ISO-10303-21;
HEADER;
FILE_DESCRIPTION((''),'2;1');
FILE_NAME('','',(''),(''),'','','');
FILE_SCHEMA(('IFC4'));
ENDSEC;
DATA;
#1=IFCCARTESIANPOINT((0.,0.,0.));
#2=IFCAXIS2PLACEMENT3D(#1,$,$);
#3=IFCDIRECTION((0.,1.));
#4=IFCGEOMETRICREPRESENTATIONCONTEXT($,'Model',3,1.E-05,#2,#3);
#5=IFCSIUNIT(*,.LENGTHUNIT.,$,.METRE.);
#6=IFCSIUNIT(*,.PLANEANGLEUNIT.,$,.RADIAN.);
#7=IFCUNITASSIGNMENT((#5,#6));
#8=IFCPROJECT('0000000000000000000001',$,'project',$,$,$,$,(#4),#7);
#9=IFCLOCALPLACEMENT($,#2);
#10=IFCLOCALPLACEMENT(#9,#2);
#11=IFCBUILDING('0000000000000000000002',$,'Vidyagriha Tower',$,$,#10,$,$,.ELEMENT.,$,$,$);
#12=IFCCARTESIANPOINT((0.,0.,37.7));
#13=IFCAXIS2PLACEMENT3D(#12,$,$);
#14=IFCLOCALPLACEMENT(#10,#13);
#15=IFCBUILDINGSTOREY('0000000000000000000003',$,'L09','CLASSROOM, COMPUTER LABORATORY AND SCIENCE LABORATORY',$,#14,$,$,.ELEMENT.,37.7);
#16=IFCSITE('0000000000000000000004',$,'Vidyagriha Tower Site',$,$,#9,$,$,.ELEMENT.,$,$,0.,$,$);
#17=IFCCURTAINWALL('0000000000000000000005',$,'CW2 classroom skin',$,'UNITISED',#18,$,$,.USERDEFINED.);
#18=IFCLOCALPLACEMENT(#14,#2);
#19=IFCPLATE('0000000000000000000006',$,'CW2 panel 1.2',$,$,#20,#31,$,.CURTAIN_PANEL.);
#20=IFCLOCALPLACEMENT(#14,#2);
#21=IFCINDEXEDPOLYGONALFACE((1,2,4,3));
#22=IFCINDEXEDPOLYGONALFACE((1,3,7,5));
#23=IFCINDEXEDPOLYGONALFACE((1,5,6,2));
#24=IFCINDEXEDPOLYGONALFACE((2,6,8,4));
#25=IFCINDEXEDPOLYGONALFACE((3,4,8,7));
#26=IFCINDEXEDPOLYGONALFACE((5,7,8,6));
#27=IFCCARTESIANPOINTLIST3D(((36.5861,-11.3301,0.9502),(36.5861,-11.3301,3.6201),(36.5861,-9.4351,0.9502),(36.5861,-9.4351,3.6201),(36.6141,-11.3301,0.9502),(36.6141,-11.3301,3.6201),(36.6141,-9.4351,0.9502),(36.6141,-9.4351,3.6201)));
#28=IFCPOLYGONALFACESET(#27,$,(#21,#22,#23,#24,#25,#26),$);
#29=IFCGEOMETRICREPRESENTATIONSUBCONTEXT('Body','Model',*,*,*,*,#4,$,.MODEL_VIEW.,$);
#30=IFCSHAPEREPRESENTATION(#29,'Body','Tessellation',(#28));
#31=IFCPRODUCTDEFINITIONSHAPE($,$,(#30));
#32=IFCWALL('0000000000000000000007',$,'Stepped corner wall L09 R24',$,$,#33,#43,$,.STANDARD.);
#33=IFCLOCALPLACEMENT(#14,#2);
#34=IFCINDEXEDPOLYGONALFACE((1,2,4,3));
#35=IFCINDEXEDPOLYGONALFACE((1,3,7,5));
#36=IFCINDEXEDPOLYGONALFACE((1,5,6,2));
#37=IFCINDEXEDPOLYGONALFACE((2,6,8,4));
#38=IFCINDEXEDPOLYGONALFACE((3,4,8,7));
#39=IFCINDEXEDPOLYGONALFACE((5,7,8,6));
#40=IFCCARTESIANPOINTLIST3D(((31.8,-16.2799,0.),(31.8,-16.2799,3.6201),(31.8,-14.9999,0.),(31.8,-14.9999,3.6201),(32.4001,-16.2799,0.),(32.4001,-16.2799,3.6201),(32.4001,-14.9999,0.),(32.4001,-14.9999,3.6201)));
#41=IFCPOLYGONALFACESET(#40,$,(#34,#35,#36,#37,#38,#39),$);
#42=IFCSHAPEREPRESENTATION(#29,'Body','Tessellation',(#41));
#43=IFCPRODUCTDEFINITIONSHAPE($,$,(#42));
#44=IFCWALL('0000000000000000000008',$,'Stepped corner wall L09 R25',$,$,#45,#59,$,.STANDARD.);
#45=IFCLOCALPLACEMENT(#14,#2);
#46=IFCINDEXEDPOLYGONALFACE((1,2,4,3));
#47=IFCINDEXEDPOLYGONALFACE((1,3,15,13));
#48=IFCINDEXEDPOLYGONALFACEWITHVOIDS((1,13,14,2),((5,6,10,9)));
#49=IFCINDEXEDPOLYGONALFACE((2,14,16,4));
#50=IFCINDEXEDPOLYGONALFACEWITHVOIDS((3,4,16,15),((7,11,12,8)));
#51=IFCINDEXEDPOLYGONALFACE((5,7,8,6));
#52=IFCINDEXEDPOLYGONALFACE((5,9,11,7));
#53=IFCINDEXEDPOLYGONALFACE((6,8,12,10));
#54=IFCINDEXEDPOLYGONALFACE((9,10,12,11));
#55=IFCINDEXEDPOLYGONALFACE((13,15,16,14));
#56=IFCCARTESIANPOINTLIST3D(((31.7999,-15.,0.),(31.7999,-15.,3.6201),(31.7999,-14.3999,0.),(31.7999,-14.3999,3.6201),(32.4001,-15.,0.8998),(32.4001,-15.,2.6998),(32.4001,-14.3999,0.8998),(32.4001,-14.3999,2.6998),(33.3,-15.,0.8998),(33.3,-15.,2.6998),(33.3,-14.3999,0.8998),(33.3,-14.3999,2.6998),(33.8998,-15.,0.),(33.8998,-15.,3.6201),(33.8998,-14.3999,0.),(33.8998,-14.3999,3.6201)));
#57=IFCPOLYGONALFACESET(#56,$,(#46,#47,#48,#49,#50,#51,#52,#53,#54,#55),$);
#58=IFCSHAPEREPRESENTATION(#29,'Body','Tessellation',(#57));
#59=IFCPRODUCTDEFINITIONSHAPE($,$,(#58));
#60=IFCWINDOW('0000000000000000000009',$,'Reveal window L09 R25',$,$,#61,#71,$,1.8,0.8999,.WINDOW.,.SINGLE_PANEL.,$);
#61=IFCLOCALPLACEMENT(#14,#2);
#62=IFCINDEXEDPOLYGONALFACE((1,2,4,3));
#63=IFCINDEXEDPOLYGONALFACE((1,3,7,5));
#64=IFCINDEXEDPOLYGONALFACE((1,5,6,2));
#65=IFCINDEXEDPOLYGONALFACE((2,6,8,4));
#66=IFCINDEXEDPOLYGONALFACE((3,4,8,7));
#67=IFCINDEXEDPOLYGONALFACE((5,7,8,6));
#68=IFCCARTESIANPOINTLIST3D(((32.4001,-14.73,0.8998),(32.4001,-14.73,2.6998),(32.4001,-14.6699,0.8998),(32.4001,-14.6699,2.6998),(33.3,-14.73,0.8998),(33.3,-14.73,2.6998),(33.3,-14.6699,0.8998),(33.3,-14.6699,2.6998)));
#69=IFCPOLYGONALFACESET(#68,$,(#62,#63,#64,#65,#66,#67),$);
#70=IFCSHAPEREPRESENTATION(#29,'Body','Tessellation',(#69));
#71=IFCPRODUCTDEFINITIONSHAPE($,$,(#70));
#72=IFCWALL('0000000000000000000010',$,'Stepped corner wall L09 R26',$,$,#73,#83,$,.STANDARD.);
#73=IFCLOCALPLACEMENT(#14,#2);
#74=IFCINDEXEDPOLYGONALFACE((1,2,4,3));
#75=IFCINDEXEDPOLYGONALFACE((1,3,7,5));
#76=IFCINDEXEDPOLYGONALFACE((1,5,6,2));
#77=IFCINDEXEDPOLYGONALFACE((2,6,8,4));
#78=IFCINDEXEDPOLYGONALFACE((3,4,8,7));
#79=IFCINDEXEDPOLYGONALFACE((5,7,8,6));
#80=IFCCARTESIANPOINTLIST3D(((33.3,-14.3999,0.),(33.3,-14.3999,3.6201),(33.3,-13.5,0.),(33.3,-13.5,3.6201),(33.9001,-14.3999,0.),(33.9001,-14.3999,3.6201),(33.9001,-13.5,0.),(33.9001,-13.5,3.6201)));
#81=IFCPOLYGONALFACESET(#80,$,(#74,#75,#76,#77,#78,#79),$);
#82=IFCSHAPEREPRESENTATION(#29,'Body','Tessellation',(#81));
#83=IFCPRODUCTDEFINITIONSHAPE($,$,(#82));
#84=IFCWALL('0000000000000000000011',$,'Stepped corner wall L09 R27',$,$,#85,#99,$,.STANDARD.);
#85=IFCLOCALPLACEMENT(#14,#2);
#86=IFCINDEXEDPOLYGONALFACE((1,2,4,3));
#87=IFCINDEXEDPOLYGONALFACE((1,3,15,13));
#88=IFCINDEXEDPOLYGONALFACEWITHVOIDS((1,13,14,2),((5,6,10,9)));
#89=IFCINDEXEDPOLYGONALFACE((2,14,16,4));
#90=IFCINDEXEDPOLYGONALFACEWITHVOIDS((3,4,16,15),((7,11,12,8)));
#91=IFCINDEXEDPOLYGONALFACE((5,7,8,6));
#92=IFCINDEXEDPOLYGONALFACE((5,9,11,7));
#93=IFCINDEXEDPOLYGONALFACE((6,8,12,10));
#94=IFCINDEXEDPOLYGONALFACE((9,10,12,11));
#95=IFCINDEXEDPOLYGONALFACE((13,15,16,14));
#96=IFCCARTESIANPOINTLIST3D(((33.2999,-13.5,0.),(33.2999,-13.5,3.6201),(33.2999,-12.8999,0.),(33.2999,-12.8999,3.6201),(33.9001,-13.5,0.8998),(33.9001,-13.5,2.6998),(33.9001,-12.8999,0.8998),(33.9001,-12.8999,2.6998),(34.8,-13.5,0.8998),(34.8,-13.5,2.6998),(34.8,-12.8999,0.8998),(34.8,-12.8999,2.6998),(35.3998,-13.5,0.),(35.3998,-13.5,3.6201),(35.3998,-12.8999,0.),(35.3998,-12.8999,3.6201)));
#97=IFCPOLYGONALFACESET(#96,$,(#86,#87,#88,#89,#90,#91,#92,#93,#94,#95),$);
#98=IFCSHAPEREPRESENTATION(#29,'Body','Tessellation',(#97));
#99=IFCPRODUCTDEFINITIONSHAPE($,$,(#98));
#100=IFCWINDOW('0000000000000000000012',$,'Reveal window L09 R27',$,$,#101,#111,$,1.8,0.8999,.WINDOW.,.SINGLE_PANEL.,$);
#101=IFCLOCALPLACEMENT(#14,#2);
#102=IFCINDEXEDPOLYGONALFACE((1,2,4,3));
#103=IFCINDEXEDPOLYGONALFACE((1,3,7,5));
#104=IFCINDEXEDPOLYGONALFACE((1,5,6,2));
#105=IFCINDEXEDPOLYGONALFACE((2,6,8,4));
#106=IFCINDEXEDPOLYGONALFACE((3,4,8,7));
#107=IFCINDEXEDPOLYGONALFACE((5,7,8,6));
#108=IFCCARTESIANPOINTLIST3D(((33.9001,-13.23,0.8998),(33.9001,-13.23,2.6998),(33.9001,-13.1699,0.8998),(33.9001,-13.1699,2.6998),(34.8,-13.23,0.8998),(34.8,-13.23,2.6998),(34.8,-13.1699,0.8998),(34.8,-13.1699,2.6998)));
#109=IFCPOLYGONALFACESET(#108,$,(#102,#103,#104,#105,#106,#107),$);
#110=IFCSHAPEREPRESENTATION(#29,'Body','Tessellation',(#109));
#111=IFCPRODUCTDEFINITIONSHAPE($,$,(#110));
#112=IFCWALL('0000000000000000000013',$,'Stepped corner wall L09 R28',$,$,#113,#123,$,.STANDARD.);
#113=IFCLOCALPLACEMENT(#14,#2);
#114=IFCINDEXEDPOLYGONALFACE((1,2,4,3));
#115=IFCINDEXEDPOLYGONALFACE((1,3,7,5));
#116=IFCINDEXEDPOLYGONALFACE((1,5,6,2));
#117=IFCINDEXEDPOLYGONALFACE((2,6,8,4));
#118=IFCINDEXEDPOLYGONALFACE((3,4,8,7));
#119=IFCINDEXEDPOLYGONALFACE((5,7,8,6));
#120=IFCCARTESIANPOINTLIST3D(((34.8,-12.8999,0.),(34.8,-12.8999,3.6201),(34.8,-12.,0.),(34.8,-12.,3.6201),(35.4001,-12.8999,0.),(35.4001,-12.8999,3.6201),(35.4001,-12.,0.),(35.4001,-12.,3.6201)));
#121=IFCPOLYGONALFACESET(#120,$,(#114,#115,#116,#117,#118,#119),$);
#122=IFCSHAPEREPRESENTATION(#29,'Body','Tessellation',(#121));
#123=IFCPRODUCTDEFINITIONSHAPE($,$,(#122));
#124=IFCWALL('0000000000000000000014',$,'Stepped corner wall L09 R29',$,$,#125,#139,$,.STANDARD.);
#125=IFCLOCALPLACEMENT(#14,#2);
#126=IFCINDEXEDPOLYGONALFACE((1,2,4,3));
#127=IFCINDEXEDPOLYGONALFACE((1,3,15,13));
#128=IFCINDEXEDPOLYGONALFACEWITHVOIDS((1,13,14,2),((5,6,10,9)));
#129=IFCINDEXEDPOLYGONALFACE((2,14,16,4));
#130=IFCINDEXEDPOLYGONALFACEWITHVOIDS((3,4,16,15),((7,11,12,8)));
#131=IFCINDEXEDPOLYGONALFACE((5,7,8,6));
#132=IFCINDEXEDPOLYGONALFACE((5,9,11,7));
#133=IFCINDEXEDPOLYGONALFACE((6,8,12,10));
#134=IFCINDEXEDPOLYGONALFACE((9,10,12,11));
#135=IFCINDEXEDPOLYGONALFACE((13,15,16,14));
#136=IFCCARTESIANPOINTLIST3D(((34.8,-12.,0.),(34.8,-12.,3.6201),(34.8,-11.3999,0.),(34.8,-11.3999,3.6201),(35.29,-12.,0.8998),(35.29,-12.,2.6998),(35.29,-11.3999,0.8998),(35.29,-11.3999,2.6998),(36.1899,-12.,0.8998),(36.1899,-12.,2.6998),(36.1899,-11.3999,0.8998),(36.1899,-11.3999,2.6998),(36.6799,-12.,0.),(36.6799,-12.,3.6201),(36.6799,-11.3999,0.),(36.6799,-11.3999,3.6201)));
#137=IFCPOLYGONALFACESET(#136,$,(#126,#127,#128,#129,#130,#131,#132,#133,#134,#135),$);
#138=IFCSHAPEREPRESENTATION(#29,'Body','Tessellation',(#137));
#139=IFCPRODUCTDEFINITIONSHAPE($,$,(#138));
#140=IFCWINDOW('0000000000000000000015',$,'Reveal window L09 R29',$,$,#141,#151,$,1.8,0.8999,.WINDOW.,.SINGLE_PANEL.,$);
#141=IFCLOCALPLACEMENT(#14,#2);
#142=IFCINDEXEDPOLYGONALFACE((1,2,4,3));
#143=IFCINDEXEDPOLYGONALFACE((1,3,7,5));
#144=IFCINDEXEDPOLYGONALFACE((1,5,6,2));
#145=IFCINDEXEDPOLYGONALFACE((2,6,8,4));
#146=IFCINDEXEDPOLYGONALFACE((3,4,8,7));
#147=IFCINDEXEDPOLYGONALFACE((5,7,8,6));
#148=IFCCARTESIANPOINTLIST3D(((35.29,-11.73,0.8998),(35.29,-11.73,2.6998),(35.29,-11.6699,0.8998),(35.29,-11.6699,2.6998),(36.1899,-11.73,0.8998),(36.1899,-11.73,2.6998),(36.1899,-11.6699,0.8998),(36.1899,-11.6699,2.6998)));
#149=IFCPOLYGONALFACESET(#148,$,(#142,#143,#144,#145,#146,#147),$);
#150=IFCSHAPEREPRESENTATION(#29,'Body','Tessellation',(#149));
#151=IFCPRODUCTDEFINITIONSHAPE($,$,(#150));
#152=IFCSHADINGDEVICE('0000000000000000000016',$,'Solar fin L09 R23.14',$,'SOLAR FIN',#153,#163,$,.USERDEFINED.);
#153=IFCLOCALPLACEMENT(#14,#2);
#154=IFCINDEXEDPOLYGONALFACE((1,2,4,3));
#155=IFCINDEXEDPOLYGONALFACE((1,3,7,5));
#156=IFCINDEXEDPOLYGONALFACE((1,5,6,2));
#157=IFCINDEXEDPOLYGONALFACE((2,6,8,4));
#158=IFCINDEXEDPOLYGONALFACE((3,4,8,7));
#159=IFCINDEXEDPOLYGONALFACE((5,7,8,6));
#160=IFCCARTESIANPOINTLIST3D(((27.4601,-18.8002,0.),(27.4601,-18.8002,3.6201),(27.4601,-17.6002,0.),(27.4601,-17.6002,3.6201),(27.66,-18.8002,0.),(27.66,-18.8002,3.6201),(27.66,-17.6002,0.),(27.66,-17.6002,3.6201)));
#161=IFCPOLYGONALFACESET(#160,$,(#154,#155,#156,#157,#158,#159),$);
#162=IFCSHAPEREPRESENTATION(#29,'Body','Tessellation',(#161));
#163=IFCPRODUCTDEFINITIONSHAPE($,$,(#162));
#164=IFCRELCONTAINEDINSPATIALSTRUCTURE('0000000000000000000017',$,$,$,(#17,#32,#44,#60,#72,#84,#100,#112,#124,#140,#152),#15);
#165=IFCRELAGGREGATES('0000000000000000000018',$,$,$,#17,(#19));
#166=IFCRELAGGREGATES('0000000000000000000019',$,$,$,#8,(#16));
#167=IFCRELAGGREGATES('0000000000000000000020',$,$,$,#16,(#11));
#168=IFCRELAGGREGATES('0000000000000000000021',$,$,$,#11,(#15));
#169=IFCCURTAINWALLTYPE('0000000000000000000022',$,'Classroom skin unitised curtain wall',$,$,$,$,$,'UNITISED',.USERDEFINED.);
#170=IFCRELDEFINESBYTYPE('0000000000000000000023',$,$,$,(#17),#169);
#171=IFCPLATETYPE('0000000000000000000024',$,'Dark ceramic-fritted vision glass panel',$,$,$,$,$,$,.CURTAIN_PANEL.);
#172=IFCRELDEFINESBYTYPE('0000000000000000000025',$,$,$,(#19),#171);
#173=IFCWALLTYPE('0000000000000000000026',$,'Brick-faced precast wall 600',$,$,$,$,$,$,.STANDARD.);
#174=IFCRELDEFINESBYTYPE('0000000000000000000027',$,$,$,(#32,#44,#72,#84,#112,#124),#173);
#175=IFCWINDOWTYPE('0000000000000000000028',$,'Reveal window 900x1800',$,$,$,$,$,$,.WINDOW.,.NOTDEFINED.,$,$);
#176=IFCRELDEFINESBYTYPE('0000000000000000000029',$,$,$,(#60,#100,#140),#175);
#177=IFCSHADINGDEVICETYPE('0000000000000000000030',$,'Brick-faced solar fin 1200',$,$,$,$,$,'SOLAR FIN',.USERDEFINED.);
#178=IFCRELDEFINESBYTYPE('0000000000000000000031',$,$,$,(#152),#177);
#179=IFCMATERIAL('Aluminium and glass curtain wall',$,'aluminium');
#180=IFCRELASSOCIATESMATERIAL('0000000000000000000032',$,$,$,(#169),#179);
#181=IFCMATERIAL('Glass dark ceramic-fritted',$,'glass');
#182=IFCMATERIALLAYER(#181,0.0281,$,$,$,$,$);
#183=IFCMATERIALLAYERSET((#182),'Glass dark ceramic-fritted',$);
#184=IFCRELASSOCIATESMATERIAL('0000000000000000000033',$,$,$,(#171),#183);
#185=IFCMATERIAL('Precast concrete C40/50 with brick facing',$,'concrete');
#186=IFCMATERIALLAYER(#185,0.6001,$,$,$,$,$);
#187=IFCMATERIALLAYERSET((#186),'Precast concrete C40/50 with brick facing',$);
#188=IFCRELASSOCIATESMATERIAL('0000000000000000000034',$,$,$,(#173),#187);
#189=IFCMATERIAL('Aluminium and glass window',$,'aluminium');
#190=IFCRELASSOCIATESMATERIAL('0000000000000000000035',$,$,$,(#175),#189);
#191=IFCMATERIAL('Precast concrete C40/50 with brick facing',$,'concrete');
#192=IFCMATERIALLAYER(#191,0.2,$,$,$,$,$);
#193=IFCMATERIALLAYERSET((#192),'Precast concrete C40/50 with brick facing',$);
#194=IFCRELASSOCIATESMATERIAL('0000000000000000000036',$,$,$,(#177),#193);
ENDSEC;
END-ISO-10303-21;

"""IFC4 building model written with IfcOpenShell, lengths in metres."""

from ifc_helpers import new_model, si_unit, direction, frame, frame_2d, origin, origin_2d, place, context, subcontext, project, spatial, rectangle, extrude, material, layer, layer_set, type_object, element, fill, aggregate, save


model = new_model("IFC4")

# Units and contexts
model_context = context("Model", 3, precision=1e-05, world=origin(), true_north=direction((0.0, 1.0)))
body_context = subcontext(model_context, "Body", "Model", "MODEL_VIEW")
ifc_project = project(units=[si_unit("LENGTHUNIT", "METRE"), si_unit("PLANEANGLEUNIT", "RADIAN")], contexts=[model_context])

# Site, building, storey
site_placement = place(None, origin())
site = spatial("IfcSite", under=ifc_project, at=site_placement, Name="Vidyagriha Tower Site", CompositionType="ELEMENT", RefElevation=0.0)
building_placement = place(site_placement, origin())
building = spatial("IfcBuilding", under=site, at=building_placement, Name="Vidyagriha Tower", CompositionType="ELEMENT")
storey_placement = place(building_placement, frame((0.0, 0.0, 37.7)))
storey = spatial("IfcBuildingStorey", under=building, at=storey_placement, Name="L09", Description="CLASSROOM, COMPUTER LABORATORY AND SCIENCE LABORATORY", CompositionType="ELEMENT", Elevation=37.7)

# Curtain wall
ifc_material_1 = material(Name="Aluminium and glass curtain wall", Category="aluminium")
curtain_wall_type = type_object("IfcCurtainWallType", Name="Classroom skin unitised curtain wall", ElementType="UNITISED", PredefinedType="USERDEFINED", material=ifc_material_1)
curtain_wall_1_placement = place(storey_placement, origin())
curtain_wall_1 = element("IfcCurtainWall", 1, at=curtain_wall_1_placement, inside=storey, type_object=curtain_wall_type, Name="CW2 classroom skin", ObjectType="UNITISED", PredefinedType="USERDEFINED")

# Plate
ifc_material_2 = material(Name="Glass dark ceramic-fritted", Category="glass")
ifc_layer_1 = layer(ifc_material_2, 0.0281)
ifc_layer_set_1 = layer_set([ifc_layer_1], Name="Glass dark ceramic-fritted")
plate_type_1 = type_object("IfcPlateType", Name="Dark ceramic-fritted vision glass panel", PredefinedType="CURTAIN_PANEL", material=ifc_layer_set_1)
plate_1_placement = place(storey_placement, frame((36.6001, -10.3826, 0.9502), z_axis=(0.0, 0.0, 1.0), x_axis=(0.0, 1.0, 0.0)))
plate_1 = element("IfcPlate", 2, at=plate_1_placement, type_object=plate_type_1, Name="CW2 panel 1.2", PredefinedType="CURTAIN_PANEL", context=body_context, shape_type="SweptSolid", body=[
    extrude(rectangle(XDim=1.895, YDim=0.0281, at=origin_2d()), origin(), (0.0, 0.0, 1.0), 2.6699),
])
aggregate(curtain_wall_1, [plate_1])

# Wall
ifc_material_3 = material(Name="Precast concrete C40/50 with brick facing", Category="concrete")
ifc_layer_2 = layer(ifc_material_3, 0.6001)
ifc_layer_set_2 = layer_set([ifc_layer_2], Name="Precast concrete C40/50 with brick facing")
wall_type = type_object("IfcWallType", Name="Brick-faced precast wall 600", PredefinedType="STANDARD", material=ifc_layer_set_2)
wall_1_placement = place(storey_placement, frame((32.1001, -16.28, 0.0), z_axis=(0.0, 0.0, 1.0), x_axis=(0.0, 1.0, 0.0)))
element("IfcWall", 3, at=wall_1_placement, inside=storey, type_object=wall_type, Name="Stepped corner wall L09 R24", PredefinedType="STANDARD", context=body_context, shape_type="SweptSolid", body=[
    extrude(rectangle(XDim=1.28, YDim=0.6001, at=frame_2d((0.6401, 0.0))), origin(), (0.0, 0.0, 1.0), 3.6201),
])

# Wall, opening, window
wall_2_placement = place(storey_placement, frame((31.8, -14.7, 0.0)))
wall_2 = element("IfcWall", 4, at=wall_2_placement, inside=storey, type_object=wall_type, Name="Stepped corner wall L09 R25", PredefinedType="STANDARD", context=body_context, shape_type="SweptSolid", body=[
    extrude(rectangle(XDim=2.0999, YDim=0.6001, at=frame_2d((1.0498, 0.0))), origin(), (0.0, 0.0, 1.0), 3.6201),
])
opening_1_placement = place(wall_2_placement, frame((0.6001, 0.0, 0.8999)))
opening_1 = element("IfcOpeningElement", 5, at=opening_1_placement, cuts=wall_2, PredefinedType="OPENING", context=body_context, shape_type="SweptSolid", body=[
    extrude(rectangle(XDim=0.8999, YDim=1.8, at=frame_2d((0.45, 0.8999))), frame((0.0, 0.3101, 0.0), z_axis=(0.0, -1.0, 0.0), x_axis=(1.0, 0.0, 0.0)), (0.0, 0.0, 1.0), 0.6201),
])
ifc_material_4 = material(Name="Aluminium and glass window", Category="aluminium")
window_type = type_object("IfcWindowType", Name="Reveal window 900x1800", PartitioningType="NOTDEFINED", PredefinedType="WINDOW", material=ifc_material_4)
window_1_placement = place(opening_1_placement, origin())
window_1 = element("IfcWindow", 6, at=window_1_placement, inside=storey, type_object=window_type, Name="Reveal window L09 R25", OverallHeight=1.8, OverallWidth=0.8999, PartitioningType="SINGLE_PANEL", PredefinedType="WINDOW", context=body_context, shape_type="SweptSolid", body=[
    extrude(rectangle(XDim=0.8999, YDim=1.8, at=frame_2d((0.45, 0.8999))), frame((0.0, 0.03, 0.0), z_axis=(0.0, -1.0, 0.0), x_axis=(1.0, 0.0, 0.0)), (0.0, 0.0, 1.0), 0.0601),
])
fill(opening_1, window_1)

# Wall
wall_3_placement = place(storey_placement, frame((33.6001, -14.3999, 0.0), z_axis=(0.0, 0.0, 1.0), x_axis=(0.0, 1.0, 0.0)))
element("IfcWall", 7, at=wall_3_placement, inside=storey, type_object=wall_type, Name="Stepped corner wall L09 R26", PredefinedType="STANDARD", context=body_context, shape_type="SweptSolid", body=[
    extrude(rectangle(XDim=0.8999, YDim=0.6001, at=frame_2d((0.45, 0.0))), origin(), (0.0, 0.0, 1.0), 3.6201),
])

# Wall, opening, window
wall_4_placement = place(storey_placement, frame((33.3, -13.2, 0.0)))
wall_4 = element("IfcWall", 8, at=wall_4_placement, inside=storey, type_object=wall_type, Name="Stepped corner wall L09 R27", PredefinedType="STANDARD", context=body_context, shape_type="SweptSolid", body=[
    extrude(rectangle(XDim=2.0999, YDim=0.6001, at=frame_2d((1.0498, 0.0))), origin(), (0.0, 0.0, 1.0), 3.6201),
])
opening_2_placement = place(wall_4_placement, frame((0.6001, 0.0, 0.8999)))
opening_2 = element("IfcOpeningElement", 9, at=opening_2_placement, cuts=wall_4, PredefinedType="OPENING", context=body_context, shape_type="SweptSolid", body=[
    extrude(rectangle(XDim=0.8999, YDim=1.8, at=frame_2d((0.45, 0.8999))), frame((0.0, 0.3101, 0.0), z_axis=(0.0, -1.0, 0.0), x_axis=(1.0, 0.0, 0.0)), (0.0, 0.0, 1.0), 0.6201),
])
window_2_placement = place(opening_2_placement, origin())
window_2 = element("IfcWindow", 10, at=window_2_placement, inside=storey, type_object=window_type, Name="Reveal window L09 R27", OverallHeight=1.8, OverallWidth=0.8999, PartitioningType="SINGLE_PANEL", PredefinedType="WINDOW", context=body_context, shape_type="SweptSolid", body=[
    extrude(rectangle(XDim=0.8999, YDim=1.8, at=frame_2d((0.45, 0.8999))), frame((0.0, 0.03, 0.0), z_axis=(0.0, -1.0, 0.0), x_axis=(1.0, 0.0, 0.0)), (0.0, 0.0, 1.0), 0.0601),
])
fill(opening_2, window_2)

# Wall
wall_5_placement = place(storey_placement, frame((35.1001, -12.8999, 0.0), z_axis=(0.0, 0.0, 1.0), x_axis=(0.0, 1.0, 0.0)))
element("IfcWall", 11, at=wall_5_placement, inside=storey, type_object=wall_type, Name="Stepped corner wall L09 R28", PredefinedType="STANDARD", context=body_context, shape_type="SweptSolid", body=[
    extrude(rectangle(XDim=0.8999, YDim=0.6001, at=frame_2d((0.45, 0.0))), origin(), (0.0, 0.0, 1.0), 3.6201),
])

# Wall, opening, window
wall_6_placement = place(storey_placement, frame((34.8, -11.7, 0.0)))
wall_6 = element("IfcWall", 12, at=wall_6_placement, inside=storey, type_object=wall_type, Name="Stepped corner wall L09 R29", PredefinedType="STANDARD", context=body_context, shape_type="SweptSolid", body=[
    extrude(rectangle(XDim=1.8799, YDim=0.6001, at=frame_2d((0.9399, 0.0))), origin(), (0.0, 0.0, 1.0), 3.6201),
])
opening_3_placement = place(wall_6_placement, frame((0.49, 0.0, 0.8999)))
opening_3 = element("IfcOpeningElement", 13, at=opening_3_placement, cuts=wall_6, PredefinedType="OPENING", context=body_context, shape_type="SweptSolid", body=[
    extrude(rectangle(XDim=0.8999, YDim=1.8, at=frame_2d((0.45, 0.8999))), frame((0.0, 0.3101, 0.0), z_axis=(0.0, -1.0, 0.0), x_axis=(1.0, 0.0, 0.0)), (0.0, 0.0, 1.0), 0.6201),
])
window_3_placement = place(opening_3_placement, origin())
window_3 = element("IfcWindow", 14, at=window_3_placement, inside=storey, type_object=window_type, Name="Reveal window L09 R29", OverallHeight=1.8, OverallWidth=0.8999, PartitioningType="SINGLE_PANEL", PredefinedType="WINDOW", context=body_context, shape_type="SweptSolid", body=[
    extrude(rectangle(XDim=0.8999, YDim=1.8, at=frame_2d((0.45, 0.8999))), frame((0.0, 0.03, 0.0), z_axis=(0.0, -1.0, 0.0), x_axis=(1.0, 0.0, 0.0)), (0.0, 0.0, 1.0), 0.0601),
])
fill(opening_3, window_3)

# Shading device
ifc_material_5 = material(Name="Precast concrete C40/50 with brick facing", Category="concrete")
ifc_layer_3 = layer(ifc_material_5, 0.2)
ifc_layer_set_3 = layer_set([ifc_layer_3], Name="Precast concrete C40/50 with brick facing")
shading_device_type = type_object("IfcShadingDeviceType", Name="Brick-faced solar fin 1200", ElementType="SOLAR FIN", PredefinedType="USERDEFINED", material=ifc_layer_set_3)
shading_device_placement = place(storey_placement, frame((27.5601, -17.6001, 0.0), z_axis=(0.0, 0.0, 1.0), x_axis=(0.0, -1.0, 0.0)))
element("IfcShadingDevice", 15, at=shading_device_placement, inside=storey, type_object=shading_device_type, Name="Solar fin L09 R23.14", ObjectType="SOLAR FIN", PredefinedType="USERDEFINED", context=body_context, shape_type="SweptSolid", body=[
    extrude(rectangle(XDim=1.2, YDim=0.2, at=frame_2d((0.6001, 0.0))), origin(), (0.0, 0.0, 1.0), 3.6201),
])

save(model, "model.ifc")
